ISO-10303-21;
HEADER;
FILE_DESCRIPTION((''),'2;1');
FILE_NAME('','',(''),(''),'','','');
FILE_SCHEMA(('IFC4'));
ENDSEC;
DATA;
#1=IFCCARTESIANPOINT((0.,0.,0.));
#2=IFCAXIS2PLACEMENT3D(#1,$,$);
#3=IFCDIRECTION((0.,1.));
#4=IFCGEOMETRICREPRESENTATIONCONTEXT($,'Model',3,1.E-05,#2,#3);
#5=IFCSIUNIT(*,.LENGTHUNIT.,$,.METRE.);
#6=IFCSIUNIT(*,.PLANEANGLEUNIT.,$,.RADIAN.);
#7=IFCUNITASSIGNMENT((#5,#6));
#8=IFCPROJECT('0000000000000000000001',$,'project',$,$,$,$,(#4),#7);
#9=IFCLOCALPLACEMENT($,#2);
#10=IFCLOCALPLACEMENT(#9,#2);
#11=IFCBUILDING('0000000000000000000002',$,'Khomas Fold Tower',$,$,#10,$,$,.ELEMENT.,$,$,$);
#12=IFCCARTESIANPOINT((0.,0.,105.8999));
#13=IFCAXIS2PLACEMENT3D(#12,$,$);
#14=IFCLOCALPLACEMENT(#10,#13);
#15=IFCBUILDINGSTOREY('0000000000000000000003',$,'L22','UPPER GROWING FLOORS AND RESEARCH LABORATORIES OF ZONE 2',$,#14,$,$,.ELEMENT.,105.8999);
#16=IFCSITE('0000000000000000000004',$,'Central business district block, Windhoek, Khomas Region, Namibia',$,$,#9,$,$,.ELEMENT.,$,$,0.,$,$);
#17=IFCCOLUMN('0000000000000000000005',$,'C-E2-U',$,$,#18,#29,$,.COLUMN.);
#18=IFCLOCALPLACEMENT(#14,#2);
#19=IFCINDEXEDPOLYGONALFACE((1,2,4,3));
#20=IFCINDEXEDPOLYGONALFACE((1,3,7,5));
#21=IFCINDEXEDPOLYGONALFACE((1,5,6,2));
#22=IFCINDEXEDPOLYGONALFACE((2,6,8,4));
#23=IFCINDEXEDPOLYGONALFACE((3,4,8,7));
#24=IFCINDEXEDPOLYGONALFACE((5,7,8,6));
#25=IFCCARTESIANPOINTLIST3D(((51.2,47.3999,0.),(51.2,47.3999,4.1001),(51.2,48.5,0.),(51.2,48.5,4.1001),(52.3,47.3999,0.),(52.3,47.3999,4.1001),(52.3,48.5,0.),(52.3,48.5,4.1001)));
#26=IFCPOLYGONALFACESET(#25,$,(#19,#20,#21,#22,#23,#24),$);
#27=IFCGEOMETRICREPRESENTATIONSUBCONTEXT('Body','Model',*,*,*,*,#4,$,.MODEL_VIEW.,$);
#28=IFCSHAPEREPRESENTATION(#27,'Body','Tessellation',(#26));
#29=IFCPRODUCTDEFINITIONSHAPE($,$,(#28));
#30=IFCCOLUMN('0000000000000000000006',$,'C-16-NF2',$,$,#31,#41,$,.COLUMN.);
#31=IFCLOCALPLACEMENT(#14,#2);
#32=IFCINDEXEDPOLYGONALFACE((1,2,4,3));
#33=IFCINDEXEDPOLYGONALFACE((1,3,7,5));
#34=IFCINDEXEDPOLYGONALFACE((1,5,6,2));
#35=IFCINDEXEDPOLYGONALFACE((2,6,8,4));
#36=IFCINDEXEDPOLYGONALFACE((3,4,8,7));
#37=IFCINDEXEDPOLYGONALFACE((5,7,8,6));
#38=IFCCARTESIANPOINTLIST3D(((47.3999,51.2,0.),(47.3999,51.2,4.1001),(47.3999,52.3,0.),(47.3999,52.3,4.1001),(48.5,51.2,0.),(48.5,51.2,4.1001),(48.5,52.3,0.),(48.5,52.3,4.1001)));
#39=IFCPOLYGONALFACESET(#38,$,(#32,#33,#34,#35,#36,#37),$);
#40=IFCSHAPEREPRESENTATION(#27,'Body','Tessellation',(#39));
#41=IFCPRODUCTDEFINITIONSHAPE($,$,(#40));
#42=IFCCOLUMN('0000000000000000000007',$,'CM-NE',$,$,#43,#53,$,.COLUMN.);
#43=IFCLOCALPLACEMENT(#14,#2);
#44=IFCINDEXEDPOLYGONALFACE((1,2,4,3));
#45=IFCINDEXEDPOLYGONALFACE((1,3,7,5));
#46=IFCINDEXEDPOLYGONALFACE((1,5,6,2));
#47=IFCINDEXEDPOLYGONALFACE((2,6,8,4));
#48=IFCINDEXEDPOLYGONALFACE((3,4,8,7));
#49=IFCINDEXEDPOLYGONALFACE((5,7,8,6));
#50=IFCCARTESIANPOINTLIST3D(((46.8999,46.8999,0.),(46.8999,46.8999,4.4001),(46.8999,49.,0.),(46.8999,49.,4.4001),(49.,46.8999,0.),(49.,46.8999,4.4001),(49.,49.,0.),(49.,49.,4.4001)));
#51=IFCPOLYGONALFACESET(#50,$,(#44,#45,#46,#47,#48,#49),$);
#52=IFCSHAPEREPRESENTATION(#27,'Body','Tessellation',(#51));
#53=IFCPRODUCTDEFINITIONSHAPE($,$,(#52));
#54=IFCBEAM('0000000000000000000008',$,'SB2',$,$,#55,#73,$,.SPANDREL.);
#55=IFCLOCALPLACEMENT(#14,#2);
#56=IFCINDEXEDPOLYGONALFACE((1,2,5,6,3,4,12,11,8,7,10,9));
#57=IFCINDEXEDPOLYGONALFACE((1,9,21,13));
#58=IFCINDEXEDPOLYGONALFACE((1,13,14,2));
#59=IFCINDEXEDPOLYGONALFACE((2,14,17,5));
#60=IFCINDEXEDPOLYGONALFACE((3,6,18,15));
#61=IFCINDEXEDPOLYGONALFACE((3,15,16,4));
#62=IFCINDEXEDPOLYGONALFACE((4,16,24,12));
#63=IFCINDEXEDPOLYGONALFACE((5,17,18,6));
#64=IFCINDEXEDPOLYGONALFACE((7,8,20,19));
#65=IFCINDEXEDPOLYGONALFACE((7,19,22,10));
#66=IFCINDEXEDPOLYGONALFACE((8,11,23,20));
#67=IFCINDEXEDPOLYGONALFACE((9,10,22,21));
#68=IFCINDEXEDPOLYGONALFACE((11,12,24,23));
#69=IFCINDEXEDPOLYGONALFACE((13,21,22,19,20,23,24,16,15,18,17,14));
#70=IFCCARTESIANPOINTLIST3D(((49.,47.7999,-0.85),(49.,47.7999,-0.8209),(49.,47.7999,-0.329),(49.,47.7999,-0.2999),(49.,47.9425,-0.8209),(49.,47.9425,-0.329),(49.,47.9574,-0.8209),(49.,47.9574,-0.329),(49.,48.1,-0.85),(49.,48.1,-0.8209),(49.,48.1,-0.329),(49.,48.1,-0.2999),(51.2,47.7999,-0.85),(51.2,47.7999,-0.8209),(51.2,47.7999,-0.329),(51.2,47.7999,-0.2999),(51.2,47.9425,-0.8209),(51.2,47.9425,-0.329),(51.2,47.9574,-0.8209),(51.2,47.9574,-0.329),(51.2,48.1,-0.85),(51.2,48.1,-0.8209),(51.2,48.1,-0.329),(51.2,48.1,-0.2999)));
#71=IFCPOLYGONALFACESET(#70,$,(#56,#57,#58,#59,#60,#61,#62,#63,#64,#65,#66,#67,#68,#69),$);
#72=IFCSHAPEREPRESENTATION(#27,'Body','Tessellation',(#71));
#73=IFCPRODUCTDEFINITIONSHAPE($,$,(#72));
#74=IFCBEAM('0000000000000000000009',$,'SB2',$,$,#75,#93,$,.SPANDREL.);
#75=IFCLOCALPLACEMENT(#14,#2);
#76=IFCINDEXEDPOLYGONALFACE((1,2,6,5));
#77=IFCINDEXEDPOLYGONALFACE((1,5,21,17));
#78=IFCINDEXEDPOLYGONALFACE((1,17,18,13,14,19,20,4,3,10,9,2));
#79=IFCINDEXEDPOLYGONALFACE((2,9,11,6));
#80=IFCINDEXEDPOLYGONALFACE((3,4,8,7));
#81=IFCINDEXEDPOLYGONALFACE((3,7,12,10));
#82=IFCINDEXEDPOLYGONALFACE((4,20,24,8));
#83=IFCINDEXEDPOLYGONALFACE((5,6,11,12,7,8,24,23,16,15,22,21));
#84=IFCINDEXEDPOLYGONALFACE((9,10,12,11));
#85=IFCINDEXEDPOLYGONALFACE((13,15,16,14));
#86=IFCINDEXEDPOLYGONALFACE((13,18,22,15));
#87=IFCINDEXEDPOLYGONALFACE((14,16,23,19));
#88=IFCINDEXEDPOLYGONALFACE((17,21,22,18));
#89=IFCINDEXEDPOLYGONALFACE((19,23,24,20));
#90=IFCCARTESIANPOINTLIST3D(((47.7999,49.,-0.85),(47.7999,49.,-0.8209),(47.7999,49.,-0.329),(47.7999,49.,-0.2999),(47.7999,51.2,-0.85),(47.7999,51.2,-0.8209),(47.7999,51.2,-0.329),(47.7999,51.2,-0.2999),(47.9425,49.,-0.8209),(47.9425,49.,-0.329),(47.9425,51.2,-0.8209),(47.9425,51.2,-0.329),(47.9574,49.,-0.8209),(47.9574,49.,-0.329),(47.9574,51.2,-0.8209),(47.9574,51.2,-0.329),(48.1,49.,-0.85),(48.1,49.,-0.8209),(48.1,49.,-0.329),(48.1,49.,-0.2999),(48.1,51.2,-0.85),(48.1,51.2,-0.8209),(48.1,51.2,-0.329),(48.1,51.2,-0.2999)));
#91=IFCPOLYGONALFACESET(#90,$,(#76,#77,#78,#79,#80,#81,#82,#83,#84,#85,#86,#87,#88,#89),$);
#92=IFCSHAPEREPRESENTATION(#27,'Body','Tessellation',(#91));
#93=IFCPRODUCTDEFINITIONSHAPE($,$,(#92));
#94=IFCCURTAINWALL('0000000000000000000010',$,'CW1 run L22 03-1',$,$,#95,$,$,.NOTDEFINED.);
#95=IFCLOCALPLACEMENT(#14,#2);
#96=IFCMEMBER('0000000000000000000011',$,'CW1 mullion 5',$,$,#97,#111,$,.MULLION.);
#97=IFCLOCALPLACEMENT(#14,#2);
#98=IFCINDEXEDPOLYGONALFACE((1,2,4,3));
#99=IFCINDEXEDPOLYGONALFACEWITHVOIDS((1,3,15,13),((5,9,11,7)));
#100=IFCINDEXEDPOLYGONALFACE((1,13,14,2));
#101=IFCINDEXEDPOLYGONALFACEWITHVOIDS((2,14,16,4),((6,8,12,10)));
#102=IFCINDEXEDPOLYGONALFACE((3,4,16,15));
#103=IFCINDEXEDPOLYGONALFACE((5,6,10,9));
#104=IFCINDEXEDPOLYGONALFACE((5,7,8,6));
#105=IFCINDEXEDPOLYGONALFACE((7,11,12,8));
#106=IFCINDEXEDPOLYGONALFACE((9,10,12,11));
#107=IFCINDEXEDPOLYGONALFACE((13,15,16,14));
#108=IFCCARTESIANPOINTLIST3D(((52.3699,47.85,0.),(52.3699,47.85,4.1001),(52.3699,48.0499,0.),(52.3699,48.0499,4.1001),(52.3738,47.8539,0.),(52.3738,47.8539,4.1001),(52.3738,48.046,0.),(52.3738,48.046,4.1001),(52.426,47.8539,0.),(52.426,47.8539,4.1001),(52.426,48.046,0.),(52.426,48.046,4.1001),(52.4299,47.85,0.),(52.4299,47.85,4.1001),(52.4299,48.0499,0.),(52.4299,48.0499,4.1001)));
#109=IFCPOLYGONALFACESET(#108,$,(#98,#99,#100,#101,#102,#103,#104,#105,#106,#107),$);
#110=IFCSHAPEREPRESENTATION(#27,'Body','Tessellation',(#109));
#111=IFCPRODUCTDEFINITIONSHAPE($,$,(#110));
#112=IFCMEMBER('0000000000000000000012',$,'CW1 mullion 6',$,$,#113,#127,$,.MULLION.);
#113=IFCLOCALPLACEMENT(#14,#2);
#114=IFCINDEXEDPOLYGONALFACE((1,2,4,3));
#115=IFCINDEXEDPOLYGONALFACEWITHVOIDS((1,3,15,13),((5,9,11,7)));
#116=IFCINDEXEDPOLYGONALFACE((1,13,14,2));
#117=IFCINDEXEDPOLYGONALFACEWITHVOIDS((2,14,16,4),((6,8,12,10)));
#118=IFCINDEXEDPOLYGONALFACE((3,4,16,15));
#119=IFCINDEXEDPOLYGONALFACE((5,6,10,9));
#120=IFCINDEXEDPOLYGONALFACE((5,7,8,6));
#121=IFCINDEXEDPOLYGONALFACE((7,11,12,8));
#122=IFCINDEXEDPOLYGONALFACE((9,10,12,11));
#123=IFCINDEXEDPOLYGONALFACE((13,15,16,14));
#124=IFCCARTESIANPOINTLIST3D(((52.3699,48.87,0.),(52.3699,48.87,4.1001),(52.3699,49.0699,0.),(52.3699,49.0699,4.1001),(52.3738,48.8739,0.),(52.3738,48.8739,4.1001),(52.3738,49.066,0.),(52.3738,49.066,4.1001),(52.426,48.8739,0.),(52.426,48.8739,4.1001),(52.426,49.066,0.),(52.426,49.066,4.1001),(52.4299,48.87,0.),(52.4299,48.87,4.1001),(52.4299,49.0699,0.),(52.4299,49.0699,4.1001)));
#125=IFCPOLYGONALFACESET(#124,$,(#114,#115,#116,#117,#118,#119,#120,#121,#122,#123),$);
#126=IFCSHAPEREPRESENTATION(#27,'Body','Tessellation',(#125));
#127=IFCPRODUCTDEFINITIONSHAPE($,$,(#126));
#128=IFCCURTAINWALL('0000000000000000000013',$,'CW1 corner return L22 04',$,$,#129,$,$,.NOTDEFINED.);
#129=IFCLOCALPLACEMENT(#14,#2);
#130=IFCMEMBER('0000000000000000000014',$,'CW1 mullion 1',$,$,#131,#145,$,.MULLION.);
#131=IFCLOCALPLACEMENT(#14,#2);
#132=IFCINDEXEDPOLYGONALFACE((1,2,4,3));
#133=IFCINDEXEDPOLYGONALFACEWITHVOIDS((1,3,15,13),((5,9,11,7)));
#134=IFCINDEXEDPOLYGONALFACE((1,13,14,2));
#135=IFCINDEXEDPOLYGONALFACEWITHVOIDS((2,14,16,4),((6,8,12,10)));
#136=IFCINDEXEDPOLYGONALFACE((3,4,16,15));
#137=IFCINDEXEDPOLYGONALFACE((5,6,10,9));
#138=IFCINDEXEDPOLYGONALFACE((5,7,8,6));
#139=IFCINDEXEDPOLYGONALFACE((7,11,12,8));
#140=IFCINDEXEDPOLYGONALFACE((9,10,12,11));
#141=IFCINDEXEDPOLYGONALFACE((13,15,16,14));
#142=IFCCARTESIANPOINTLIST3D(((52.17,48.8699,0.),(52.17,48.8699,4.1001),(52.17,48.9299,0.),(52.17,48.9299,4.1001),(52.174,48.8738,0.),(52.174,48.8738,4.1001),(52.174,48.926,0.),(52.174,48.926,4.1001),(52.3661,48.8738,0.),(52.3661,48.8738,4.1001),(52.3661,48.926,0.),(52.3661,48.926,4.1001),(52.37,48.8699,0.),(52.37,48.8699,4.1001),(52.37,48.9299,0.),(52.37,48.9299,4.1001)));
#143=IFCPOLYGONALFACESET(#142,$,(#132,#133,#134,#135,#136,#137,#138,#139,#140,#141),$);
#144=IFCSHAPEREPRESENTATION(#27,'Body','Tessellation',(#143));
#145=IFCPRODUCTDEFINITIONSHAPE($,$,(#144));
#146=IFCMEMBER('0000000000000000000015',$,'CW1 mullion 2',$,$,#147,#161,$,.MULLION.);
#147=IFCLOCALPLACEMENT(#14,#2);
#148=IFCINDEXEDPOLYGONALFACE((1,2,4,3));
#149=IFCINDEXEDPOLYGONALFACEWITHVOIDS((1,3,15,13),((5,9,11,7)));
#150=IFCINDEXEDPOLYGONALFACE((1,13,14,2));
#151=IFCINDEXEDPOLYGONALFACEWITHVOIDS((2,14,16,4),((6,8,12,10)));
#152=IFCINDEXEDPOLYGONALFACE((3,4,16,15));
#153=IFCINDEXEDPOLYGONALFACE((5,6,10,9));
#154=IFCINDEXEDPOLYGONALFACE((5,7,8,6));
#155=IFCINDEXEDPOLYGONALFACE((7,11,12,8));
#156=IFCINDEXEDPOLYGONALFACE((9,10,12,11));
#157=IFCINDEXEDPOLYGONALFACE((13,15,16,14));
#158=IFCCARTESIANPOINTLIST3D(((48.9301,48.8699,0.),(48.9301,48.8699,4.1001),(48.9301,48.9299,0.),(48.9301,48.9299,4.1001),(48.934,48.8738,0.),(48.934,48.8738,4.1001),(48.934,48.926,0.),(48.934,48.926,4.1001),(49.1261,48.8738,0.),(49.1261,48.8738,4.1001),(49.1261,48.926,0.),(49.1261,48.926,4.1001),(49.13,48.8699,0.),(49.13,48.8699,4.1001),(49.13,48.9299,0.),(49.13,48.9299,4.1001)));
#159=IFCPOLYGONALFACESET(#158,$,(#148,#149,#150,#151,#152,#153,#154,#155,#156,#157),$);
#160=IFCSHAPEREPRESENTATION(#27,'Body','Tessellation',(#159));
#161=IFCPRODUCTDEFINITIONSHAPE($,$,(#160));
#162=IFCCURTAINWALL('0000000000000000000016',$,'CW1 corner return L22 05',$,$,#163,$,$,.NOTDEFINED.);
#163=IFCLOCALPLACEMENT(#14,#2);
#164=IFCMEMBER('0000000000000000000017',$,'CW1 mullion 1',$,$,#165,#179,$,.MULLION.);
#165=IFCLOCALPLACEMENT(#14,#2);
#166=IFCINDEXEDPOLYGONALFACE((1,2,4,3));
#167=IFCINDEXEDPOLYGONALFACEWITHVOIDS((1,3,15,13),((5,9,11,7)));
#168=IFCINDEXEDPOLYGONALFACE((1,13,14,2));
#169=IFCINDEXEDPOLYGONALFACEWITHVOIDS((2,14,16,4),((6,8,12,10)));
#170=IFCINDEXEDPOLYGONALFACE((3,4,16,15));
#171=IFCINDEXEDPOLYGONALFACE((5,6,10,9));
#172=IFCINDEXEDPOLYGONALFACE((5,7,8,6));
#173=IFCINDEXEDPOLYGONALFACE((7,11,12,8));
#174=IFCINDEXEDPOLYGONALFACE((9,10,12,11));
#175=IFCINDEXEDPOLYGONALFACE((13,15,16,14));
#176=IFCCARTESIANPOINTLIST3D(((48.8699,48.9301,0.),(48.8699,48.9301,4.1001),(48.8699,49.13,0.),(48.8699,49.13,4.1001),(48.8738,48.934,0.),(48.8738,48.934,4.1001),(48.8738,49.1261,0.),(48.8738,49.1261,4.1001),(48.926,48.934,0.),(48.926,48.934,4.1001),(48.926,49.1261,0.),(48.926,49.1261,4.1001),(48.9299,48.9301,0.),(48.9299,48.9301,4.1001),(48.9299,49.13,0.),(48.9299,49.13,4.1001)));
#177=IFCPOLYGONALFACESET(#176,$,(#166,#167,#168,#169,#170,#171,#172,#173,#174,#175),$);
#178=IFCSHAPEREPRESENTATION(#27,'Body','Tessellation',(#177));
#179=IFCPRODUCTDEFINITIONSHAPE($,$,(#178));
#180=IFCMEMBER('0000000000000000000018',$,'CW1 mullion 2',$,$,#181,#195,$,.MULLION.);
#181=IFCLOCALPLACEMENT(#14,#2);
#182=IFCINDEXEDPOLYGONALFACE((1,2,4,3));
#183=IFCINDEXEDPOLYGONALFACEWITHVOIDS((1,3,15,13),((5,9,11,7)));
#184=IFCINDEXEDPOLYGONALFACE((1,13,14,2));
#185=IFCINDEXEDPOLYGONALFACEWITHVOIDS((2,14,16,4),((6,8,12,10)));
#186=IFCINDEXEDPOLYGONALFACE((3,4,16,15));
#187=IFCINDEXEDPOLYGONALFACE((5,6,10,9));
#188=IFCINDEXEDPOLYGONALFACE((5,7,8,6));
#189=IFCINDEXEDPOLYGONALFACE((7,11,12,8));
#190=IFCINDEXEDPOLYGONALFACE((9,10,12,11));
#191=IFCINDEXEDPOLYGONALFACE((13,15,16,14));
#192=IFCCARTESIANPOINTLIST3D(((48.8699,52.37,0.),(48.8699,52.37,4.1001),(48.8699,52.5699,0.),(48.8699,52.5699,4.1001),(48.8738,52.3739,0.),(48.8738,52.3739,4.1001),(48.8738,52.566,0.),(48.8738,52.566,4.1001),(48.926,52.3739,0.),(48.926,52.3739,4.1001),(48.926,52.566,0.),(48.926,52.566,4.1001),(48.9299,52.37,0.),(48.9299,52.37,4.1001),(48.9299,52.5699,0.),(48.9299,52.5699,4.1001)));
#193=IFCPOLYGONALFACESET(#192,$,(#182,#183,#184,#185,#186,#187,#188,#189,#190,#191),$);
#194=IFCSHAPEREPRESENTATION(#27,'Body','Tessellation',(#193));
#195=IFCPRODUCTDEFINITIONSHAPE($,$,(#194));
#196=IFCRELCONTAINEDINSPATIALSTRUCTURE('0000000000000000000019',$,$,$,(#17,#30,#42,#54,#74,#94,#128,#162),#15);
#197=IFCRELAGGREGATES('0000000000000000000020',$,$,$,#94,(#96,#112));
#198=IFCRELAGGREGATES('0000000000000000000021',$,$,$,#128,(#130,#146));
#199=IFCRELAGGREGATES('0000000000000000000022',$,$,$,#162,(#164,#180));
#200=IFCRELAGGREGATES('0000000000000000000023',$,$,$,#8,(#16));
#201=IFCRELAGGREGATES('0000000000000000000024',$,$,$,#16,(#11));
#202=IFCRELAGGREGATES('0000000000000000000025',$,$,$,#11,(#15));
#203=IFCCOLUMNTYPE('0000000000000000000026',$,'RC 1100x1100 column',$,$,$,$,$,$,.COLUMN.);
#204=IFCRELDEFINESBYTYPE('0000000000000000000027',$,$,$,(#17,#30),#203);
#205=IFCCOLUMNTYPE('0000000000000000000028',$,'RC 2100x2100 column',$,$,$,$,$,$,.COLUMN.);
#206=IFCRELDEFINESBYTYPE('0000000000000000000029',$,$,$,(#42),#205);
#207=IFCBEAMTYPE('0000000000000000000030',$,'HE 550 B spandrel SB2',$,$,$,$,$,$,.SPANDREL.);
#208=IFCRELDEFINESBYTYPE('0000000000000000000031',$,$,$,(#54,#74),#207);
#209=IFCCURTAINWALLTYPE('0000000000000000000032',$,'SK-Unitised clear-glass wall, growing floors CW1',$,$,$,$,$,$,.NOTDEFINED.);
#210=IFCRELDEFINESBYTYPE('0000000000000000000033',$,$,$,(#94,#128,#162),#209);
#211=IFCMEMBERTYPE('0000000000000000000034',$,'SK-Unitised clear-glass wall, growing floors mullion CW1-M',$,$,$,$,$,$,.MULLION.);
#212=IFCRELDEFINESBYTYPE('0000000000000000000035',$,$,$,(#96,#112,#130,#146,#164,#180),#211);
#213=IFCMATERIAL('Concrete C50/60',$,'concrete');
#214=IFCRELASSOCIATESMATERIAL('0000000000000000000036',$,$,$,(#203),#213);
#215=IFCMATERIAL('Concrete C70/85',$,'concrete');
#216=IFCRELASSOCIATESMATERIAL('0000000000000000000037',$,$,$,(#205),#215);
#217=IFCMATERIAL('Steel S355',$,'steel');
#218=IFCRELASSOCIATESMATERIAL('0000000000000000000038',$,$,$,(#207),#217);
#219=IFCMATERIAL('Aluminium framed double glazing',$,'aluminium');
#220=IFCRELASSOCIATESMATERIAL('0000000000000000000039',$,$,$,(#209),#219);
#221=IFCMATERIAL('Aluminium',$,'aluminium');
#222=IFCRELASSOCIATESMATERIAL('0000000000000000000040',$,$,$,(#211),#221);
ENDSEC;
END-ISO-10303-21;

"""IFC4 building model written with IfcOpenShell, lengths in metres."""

from ifc_helpers import new_model, si_unit, direction, frame, origin, origin_2d, place, context, subcontext, project, spatial, rectangle, hollow_rectangle, i_section, extrude, source, transform, mapped, material, material_profile, profile_set, type_object, element, aggregate, save


model = new_model("IFC4")

# Units and contexts
model_context = context("Model", 3, precision=1e-05, world=origin(), true_north=direction((0.0, 1.0)))
body_context = subcontext(model_context, "Body", "Model", "MODEL_VIEW")
ifc_project = project(units=[si_unit("LENGTHUNIT", "METRE"), si_unit("PLANEANGLEUNIT", "RADIAN")], contexts=[model_context])

# Site, building, storey
site_placement = place(None, origin())
site = spatial("IfcSite", under=ifc_project, at=site_placement, Name="Central business district block, Windhoek, Khomas Region, Namibia", CompositionType="ELEMENT", RefElevation=0.0)
building_placement = place(site_placement, origin())
building = spatial("IfcBuilding", under=site, at=building_placement, Name="Khomas Fold Tower", CompositionType="ELEMENT")
storey_placement = place(building_placement, frame((0.0, 0.0, 105.8999)))
storey = spatial("IfcBuildingStorey", under=building, at=storey_placement, Name="L22", Description="UPPER GROWING FLOORS AND RESEARCH LABORATORIES OF ZONE 2", CompositionType="ELEMENT", Elevation=105.8999)

# Columns
ifc_material_1 = material(Name="Concrete C50/60", Category="concrete")
ifc_material_profile_1 = material_profile(ifc_material_1, rectangle(XDim=1.1001, YDim=1.1001, at=origin_2d()), Name="RC 1100x1100")
ifc_profile_set_1 = profile_set([ifc_material_profile_1], Name="Concrete C50/60")
column_type_1 = type_object("IfcColumnType", Name="RC 1100x1100 column", PredefinedType="COLUMN", material=ifc_profile_set_1)
shared_shape_1 = source(origin(), body_context, "Body", "SweptSolid", [
    extrude(rectangle(XDim=1.1001, YDim=1.1001, at=origin_2d()), origin(), (0.0, 0.0, 1.0), 4.1001),
])
for number, where, z_axis, x_axis, name in (
    (1, (51.75, 47.95, 0.0), (0.0, 0.0, 1.0), (1.0, 0.0, 0.0), "C-E2-U"),
    (2, (47.95, 51.75, 0.0), (0.0, 0.0, 1.0), (1.0, 0.0, 0.0), "C-16-NF2"),
):
    element("IfcColumn", number, at=place(storey_placement, frame(where, z_axis=z_axis, x_axis=x_axis)), inside=storey, type_object=column_type_1, Name=name, PredefinedType="COLUMN", context=body_context, shape_type="MappedRepresentation", body=[
        mapped(shared_shape_1, transform((0.0, 0.0, 0.0))),
    ])
ifc_material_2 = material(Name="Concrete C70/85", Category="concrete")
ifc_material_profile_2 = material_profile(ifc_material_2, rectangle(XDim=2.1001, YDim=2.1001, at=origin_2d()), Name="RC 2100x2100")
ifc_profile_set_2 = profile_set([ifc_material_profile_2], Name="Concrete C70/85")
column_type_2 = type_object("IfcColumnType", Name="RC 2100x2100 column", PredefinedType="COLUMN", material=ifc_profile_set_2)
shared_shape_2 = source(origin(), body_context, "Body", "SweptSolid", [
    extrude(rectangle(XDim=2.1001, YDim=2.1001, at=origin_2d()), origin(), (0.0, 0.0, 1.0), 4.4001),
])
column_placement = place(storey_placement, frame((47.95, 47.95, 0.0), z_axis=(0.0, 0.0, 1.0), x_axis=(1.0, 0.0, 0.0)))
element("IfcColumn", 3, at=column_placement, inside=storey, type_object=column_type_2, Name="CM-NE", PredefinedType="COLUMN", context=body_context, shape_type="MappedRepresentation", body=[
    mapped(shared_shape_2, transform((0.0, 0.0, 0.0))),
])

# Beams
ifc_material_3 = material(Name="Steel S355", Category="steel")
ifc_material_profile_3 = material_profile(ifc_material_3, i_section(OverallWidth=0.3, OverallDepth=0.55, WebThickness=0.0149, FlangeThickness=0.0291, at=origin_2d()), Name="HE 550 B")
ifc_profile_set_3 = profile_set([ifc_material_profile_3], Name="Steel S355")
beam_type = type_object("IfcBeamType", Name="HE 550 B spandrel SB2", PredefinedType="SPANDREL", material=ifc_profile_set_3)
shared_shape_3 = source(origin(), body_context, "Body", "SweptSolid", [
    extrude(i_section(OverallWidth=0.3, OverallDepth=0.55, WebThickness=0.0149, FlangeThickness=0.0291, at=origin_2d()), origin(), (0.0, 0.0, 1.0), 2.2),
])
for number, where, z_axis, x_axis, name in (
    (4, (49.0, 47.95, -0.575), (1.0, 0.0, 0.0), (0.0, 1.0, 0.0), "SB2"),
    (5, (47.95, 49.0, -0.575), (0.0, 1.0, 0.0), (-1.0, 0.0, 0.0), "SB2"),
):
    element("IfcBeam", number, at=place(storey_placement, frame(where, z_axis=z_axis, x_axis=x_axis)), inside=storey, type_object=beam_type, Name=name, PredefinedType="SPANDREL", context=body_context, shape_type="MappedRepresentation", body=[
        mapped(shared_shape_3, transform((0.0, 0.0, 0.0))),
    ])

# Curtain walls, members
ifc_material_4 = material(Name="Aluminium framed double glazing", Category="aluminium")
curtain_wall_type = type_object("IfcCurtainWallType", Name="SK-Unitised clear-glass wall, growing floors CW1", PredefinedType="NOTDEFINED", material=ifc_material_4)
curtain_wall_1_placement = place(storey_placement, origin())
curtain_wall_1 = element("IfcCurtainWall", 6, at=curtain_wall_1_placement, inside=storey, type_object=curtain_wall_type, Name="CW1 run L22 03-1", PredefinedType="NOTDEFINED")
ifc_material_5 = material(Name="Aluminium", Category="aluminium")
ifc_material_profile_4 = material_profile(ifc_material_5, hollow_rectangle(XDim=0.0601, YDim=0.2, WallThickness=0.0039, at=origin_2d()), Name="SK-Unitised clear-glass wall, growing floors mullion CW1-M")
ifc_profile_set_4 = profile_set([ifc_material_profile_4], Name="Aluminium")
member_type_1 = type_object("IfcMemberType", Name="SK-Unitised clear-glass wall, growing floors mullion CW1-M", PredefinedType="MULLION", material=ifc_profile_set_4)
shared_shape_4 = source(origin(), body_context, "Body", "SweptSolid", [
    extrude(hollow_rectangle(XDim=0.0601, YDim=0.2, WallThickness=0.0039, at=origin_2d()), origin(), (0.0, 0.0, 1.0), 4.1001),
])
member_1_placement = place(storey_placement, frame((52.3999, 47.95, 0.0), z_axis=(0.0, 0.0, 1.0), x_axis=(-1.0, 0.0, 0.0)))
member_1 = element("IfcMember", 7, at=member_1_placement, type_object=member_type_1, Name="CW1 mullion 5", PredefinedType="MULLION", context=body_context, shape_type="MappedRepresentation", body=[
    mapped(shared_shape_4, transform((0.0, 0.0, 0.0))),
])
member_2_placement = place(storey_placement, frame((52.3999, 48.97, 0.0), z_axis=(0.0, 0.0, 1.0), x_axis=(-1.0, 0.0, 0.0)))
member_2 = element("IfcMember", 8, at=member_2_placement, type_object=member_type_1, Name="CW1 mullion 6", PredefinedType="MULLION", context=body_context, shape_type="MappedRepresentation", body=[
    mapped(shared_shape_4, transform((0.0, 0.0, 0.0))),
])
curtain_wall_2_placement = place(storey_placement, origin())
curtain_wall_2 = element("IfcCurtainWall", 9, at=curtain_wall_2_placement, inside=storey, type_object=curtain_wall_type, Name="CW1 corner return L22 04", PredefinedType="NOTDEFINED")
member_3_placement = place(storey_placement, frame((52.27, 48.8999, 0.0), z_axis=(0.0, 0.0, 1.0), x_axis=(0.0, -1.0, 0.0)))
member_3 = element("IfcMember", 10, at=member_3_placement, type_object=member_type_1, Name="CW1 mullion 1", PredefinedType="MULLION", context=body_context, shape_type="MappedRepresentation", body=[
    mapped(shared_shape_4, transform((0.0, 0.0, 0.0))),
])
member_4_placement = place(storey_placement, frame((49.03, 48.8999, 0.0), z_axis=(0.0, 0.0, 1.0), x_axis=(0.0, -1.0, 0.0)))
member_4 = element("IfcMember", 11, at=member_4_placement, type_object=member_type_1, Name="CW1 mullion 2", PredefinedType="MULLION", context=body_context, shape_type="MappedRepresentation", body=[
    mapped(shared_shape_4, transform((0.0, 0.0, 0.0))),
])
curtain_wall_3_placement = place(storey_placement, origin())
curtain_wall_3 = element("IfcCurtainWall", 12, at=curtain_wall_3_placement, inside=storey, type_object=curtain_wall_type, Name="CW1 corner return L22 05", PredefinedType="NOTDEFINED")
member_5_placement = place(storey_placement, frame((48.8999, 49.03, 0.0), z_axis=(0.0, 0.0, 1.0), x_axis=(-1.0, 0.0, 0.0)))
member_5 = element("IfcMember", 13, at=member_5_placement, type_object=member_type_1, Name="CW1 mullion 1", PredefinedType="MULLION", context=body_context, shape_type="MappedRepresentation", body=[
    mapped(shared_shape_4, transform((0.0, 0.0, 0.0))),
])
member_6_placement = place(storey_placement, frame((48.8999, 52.47, 0.0), z_axis=(0.0, 0.0, 1.0), x_axis=(-1.0, 0.0, 0.0)))
member_6 = element("IfcMember", 14, at=member_6_placement, type_object=member_type_1, Name="CW1 mullion 2", PredefinedType="MULLION", context=body_context, shape_type="MappedRepresentation", body=[
    mapped(shared_shape_4, transform((0.0, 0.0, 0.0))),
])

aggregate(curtain_wall_1, [member_1, member_2])
aggregate(curtain_wall_2, [member_3, member_4])
aggregate(curtain_wall_3, [member_5, member_6])

save(model, "model.ifc")
